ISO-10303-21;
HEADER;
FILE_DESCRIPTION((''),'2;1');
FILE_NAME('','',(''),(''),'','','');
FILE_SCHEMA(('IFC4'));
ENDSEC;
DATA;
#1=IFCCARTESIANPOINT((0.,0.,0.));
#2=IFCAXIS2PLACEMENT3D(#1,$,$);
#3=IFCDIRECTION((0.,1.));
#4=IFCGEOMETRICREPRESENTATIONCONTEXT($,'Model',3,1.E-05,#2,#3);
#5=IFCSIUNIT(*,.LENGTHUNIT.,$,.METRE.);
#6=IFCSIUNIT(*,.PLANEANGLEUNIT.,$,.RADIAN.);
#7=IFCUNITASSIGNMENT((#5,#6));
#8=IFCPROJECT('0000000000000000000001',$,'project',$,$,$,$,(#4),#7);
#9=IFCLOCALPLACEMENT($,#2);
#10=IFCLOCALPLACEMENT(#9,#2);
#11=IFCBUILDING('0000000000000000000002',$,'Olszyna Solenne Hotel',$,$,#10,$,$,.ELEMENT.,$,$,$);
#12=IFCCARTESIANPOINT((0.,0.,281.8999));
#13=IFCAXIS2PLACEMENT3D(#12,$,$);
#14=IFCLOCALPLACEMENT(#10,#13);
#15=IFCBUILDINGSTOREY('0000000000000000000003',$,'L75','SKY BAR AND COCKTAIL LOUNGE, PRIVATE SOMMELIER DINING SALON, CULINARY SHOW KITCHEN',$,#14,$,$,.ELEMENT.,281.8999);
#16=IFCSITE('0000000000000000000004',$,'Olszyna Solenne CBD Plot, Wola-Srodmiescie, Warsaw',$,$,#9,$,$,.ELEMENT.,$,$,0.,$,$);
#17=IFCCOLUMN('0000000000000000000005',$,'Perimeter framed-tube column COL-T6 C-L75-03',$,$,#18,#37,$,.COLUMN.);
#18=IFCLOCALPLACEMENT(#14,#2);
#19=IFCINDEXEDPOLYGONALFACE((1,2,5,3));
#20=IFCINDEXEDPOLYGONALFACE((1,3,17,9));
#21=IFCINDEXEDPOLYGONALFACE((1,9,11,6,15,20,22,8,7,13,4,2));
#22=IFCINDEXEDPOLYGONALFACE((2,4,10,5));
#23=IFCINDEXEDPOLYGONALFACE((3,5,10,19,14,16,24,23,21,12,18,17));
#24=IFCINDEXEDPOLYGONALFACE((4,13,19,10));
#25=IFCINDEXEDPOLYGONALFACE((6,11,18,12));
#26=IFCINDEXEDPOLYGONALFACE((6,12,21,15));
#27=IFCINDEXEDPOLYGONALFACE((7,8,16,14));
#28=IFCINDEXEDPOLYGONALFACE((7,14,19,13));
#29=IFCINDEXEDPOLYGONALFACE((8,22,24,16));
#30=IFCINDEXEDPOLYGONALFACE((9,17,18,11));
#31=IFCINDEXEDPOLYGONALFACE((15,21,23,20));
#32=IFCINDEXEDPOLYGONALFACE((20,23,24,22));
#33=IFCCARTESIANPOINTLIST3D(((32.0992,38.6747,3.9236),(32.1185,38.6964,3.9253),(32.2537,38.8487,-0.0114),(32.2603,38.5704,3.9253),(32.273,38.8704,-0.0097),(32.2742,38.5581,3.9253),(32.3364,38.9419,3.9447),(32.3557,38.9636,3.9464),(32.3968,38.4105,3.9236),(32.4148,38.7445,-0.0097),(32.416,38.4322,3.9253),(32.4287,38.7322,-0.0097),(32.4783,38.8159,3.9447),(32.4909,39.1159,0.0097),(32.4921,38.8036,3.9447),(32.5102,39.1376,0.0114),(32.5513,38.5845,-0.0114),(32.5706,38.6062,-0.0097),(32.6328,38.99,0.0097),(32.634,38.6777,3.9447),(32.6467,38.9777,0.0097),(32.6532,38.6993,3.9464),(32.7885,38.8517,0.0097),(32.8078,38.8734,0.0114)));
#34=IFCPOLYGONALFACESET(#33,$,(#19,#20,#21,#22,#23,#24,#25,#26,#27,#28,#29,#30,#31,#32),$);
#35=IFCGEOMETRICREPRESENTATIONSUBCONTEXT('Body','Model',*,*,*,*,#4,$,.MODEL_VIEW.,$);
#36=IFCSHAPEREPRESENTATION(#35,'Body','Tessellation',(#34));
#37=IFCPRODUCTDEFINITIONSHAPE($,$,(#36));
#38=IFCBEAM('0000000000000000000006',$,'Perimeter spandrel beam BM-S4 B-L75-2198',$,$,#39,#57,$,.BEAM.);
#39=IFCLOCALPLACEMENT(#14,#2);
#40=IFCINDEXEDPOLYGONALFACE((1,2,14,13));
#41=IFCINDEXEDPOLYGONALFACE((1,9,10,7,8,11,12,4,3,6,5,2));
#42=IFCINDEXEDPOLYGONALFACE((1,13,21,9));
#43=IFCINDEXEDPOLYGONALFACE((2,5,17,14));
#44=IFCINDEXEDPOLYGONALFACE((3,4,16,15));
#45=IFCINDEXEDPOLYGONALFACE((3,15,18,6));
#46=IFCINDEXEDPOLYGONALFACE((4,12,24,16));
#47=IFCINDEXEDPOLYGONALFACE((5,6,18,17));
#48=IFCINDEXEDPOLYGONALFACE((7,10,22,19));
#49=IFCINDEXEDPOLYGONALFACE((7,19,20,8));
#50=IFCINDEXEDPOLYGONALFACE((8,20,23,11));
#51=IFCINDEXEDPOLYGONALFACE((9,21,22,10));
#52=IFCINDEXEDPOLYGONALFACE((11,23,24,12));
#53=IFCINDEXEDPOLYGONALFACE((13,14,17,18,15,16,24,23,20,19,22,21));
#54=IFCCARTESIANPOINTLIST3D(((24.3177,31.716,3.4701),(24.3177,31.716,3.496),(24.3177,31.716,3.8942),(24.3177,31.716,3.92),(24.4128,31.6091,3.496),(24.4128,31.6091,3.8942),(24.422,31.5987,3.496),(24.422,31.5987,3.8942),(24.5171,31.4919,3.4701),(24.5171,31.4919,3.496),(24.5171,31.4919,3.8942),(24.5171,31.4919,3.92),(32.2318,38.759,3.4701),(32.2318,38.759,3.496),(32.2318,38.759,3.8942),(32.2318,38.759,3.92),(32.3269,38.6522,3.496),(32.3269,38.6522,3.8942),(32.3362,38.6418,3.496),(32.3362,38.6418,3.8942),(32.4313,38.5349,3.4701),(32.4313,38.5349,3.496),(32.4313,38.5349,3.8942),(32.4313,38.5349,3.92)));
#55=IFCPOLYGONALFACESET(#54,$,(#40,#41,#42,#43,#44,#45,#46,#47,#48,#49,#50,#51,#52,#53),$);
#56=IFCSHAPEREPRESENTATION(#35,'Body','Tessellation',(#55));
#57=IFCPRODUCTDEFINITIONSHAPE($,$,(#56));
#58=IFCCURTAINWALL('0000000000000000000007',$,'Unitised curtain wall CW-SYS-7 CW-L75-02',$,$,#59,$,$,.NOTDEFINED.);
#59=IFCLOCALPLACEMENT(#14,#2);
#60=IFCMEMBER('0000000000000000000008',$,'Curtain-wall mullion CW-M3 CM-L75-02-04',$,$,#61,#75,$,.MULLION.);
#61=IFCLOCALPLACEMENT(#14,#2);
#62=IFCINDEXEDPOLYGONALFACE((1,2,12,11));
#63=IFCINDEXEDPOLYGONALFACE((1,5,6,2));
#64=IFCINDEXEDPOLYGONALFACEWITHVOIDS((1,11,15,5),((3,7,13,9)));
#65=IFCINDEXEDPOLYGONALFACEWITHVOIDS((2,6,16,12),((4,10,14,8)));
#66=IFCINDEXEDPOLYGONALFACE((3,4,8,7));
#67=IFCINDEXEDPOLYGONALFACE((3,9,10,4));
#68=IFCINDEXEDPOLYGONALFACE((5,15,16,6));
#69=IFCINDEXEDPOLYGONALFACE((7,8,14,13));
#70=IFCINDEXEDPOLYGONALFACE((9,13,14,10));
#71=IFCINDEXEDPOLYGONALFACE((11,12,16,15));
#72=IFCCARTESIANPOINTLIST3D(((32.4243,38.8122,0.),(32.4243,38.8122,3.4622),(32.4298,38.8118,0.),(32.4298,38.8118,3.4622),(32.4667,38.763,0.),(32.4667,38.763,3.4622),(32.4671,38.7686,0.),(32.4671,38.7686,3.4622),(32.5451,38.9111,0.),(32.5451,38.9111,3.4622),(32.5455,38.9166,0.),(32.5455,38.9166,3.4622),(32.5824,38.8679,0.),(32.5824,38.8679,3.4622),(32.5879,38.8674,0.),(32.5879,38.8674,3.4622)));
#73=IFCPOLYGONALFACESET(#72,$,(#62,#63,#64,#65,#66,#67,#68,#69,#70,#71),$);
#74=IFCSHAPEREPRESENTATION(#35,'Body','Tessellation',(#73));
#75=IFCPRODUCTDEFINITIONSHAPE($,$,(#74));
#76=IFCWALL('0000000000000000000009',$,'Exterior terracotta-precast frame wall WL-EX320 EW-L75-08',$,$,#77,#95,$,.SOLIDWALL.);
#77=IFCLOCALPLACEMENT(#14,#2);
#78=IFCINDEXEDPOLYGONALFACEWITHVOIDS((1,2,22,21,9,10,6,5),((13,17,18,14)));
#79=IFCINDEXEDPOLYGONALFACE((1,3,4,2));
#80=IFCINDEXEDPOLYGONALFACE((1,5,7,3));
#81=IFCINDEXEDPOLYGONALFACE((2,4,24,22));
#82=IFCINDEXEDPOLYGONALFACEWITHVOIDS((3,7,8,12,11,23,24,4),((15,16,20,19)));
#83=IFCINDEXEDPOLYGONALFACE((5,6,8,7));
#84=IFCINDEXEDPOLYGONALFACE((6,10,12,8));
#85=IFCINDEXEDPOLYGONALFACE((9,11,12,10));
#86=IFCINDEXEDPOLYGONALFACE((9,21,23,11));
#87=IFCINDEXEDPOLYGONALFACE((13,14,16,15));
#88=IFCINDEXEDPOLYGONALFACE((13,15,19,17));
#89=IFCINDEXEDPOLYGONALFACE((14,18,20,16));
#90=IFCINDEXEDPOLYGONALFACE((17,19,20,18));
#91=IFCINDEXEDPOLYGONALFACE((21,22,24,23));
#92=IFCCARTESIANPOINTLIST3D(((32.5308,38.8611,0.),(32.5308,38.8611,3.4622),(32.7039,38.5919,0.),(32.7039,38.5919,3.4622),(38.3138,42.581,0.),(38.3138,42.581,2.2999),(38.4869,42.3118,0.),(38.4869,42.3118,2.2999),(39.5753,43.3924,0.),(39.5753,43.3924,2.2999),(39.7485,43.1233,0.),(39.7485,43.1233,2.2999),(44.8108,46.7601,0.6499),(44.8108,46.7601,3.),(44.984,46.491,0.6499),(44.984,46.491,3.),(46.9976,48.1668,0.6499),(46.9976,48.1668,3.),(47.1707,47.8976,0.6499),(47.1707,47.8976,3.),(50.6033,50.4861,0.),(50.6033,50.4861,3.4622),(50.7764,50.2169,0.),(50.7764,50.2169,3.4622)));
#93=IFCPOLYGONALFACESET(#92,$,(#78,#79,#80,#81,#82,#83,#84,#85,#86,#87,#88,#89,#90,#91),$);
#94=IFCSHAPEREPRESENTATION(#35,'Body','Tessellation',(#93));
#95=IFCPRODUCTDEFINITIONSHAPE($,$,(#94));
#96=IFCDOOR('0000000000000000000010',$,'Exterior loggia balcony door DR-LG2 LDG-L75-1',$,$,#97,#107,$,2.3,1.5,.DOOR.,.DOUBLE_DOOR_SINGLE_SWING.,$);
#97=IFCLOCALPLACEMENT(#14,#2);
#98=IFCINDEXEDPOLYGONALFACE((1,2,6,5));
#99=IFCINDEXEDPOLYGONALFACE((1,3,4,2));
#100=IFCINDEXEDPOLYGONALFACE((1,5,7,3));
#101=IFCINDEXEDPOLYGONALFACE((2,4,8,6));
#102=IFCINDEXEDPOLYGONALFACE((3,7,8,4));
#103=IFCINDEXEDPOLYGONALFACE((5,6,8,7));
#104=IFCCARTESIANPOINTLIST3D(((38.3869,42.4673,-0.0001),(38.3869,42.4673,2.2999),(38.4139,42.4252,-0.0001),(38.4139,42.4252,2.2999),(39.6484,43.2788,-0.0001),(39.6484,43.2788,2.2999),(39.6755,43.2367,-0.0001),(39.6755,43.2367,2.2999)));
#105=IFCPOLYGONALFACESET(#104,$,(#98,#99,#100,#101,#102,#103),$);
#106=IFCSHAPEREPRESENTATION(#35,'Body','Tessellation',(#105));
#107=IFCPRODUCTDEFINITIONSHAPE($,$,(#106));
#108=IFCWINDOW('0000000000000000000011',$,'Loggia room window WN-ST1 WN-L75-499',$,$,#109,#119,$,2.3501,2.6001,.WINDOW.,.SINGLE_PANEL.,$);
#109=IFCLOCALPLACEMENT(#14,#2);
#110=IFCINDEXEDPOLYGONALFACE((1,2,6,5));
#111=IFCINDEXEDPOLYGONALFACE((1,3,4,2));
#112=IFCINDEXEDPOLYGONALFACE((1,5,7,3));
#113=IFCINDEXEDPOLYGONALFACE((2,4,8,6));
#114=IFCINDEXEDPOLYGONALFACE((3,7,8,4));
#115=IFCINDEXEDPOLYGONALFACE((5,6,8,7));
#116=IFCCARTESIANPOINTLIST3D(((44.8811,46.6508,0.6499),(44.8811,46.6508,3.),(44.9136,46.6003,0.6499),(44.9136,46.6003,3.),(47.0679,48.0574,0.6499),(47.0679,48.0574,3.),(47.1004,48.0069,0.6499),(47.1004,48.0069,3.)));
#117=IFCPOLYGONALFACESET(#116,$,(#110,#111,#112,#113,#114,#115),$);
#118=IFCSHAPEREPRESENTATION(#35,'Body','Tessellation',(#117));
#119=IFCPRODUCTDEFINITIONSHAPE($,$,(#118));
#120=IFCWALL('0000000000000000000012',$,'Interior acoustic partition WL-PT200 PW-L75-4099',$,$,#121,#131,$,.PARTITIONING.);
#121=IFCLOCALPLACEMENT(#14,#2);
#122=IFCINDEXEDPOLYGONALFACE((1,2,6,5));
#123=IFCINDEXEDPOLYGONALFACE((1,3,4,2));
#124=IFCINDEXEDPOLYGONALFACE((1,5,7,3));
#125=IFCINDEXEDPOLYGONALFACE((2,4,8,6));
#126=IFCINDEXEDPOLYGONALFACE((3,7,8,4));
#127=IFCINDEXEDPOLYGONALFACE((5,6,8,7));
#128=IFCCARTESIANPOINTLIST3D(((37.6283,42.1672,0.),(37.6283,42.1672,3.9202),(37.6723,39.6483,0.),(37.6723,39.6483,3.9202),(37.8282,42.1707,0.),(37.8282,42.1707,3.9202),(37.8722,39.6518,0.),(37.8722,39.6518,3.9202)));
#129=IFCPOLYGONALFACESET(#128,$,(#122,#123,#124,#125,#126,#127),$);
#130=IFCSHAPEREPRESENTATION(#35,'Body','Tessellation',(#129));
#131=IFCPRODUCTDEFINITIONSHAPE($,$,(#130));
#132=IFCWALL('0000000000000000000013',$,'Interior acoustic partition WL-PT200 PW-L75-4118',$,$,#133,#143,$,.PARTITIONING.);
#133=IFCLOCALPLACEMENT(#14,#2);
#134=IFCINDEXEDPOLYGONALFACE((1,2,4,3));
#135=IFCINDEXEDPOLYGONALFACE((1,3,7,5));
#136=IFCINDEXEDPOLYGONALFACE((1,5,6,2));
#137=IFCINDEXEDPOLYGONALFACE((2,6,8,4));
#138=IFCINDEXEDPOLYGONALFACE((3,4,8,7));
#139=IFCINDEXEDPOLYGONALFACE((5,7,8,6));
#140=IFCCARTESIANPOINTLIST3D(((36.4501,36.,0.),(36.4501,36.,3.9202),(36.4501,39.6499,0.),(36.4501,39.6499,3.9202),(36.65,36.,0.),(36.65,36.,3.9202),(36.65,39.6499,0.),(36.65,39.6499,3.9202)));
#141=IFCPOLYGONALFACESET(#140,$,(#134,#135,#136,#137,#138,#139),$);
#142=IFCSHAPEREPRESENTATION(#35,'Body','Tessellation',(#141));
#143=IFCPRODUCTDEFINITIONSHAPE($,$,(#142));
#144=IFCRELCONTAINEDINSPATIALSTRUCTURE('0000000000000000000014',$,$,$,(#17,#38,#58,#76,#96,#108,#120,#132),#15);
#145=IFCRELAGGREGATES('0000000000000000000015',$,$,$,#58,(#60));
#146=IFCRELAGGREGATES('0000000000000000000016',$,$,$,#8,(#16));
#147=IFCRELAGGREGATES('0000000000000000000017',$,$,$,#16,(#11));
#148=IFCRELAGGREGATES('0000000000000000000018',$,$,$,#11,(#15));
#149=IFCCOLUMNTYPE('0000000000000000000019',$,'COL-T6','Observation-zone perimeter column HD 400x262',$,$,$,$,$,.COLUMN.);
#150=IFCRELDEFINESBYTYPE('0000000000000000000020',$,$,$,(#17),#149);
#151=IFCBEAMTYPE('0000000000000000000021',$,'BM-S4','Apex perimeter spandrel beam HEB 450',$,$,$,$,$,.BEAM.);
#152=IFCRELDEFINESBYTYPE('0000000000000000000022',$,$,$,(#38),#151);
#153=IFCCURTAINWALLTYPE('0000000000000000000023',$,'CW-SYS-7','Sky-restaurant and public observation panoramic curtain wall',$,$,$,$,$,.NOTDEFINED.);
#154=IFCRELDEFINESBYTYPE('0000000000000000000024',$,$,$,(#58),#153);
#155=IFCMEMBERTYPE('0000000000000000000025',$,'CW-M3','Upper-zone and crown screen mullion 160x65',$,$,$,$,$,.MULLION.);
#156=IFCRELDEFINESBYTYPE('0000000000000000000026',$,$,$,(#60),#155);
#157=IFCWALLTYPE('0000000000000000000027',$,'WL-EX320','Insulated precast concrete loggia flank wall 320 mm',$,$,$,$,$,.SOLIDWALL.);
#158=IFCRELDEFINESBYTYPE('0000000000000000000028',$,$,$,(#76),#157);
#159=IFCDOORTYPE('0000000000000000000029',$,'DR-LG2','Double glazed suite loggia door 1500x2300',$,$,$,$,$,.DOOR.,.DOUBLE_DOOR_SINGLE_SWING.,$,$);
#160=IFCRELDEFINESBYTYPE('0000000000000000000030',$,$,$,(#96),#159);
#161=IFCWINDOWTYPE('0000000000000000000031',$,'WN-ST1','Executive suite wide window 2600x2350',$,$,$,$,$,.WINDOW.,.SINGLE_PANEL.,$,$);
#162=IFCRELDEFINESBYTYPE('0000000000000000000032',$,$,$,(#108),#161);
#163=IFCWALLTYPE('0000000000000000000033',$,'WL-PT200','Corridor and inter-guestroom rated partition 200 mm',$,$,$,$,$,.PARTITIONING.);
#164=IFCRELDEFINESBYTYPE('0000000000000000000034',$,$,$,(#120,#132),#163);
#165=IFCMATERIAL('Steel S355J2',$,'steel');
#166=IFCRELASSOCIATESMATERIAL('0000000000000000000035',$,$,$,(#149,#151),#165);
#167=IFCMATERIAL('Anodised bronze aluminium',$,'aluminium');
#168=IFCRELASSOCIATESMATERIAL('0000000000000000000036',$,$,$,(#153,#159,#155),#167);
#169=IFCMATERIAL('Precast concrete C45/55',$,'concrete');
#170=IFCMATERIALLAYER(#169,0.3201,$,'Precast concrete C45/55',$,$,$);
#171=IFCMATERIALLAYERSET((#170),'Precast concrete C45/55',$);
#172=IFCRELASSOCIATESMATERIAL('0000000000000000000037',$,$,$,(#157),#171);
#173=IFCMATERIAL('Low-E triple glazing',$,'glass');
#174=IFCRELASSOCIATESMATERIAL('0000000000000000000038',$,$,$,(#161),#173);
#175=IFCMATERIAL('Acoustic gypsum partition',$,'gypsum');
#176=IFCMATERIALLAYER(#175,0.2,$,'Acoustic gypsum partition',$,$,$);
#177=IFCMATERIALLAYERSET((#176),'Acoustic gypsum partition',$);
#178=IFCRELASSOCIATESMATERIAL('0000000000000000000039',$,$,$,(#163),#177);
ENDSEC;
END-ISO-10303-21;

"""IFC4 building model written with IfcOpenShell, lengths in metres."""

from ifc_helpers import new_model, si_unit, direction, frame, frame_2d, origin, origin_2d, place, context, subcontext, project, spatial, rectangle, hollow_rectangle, i_section, extrude, source, transform, mapped, material, layer, layer_set, material_profile, profile_set, type_object, type_shapes, element, fill, aggregate, save


model = new_model("IFC4")

# Units and contexts
model_context = context("Model", 3, precision=1e-05, world=origin(), true_north=direction((0.0, 1.0)))
body_context = subcontext(model_context, "Body", "Model", "MODEL_VIEW")
ifc_project = project(units=[si_unit("LENGTHUNIT", "METRE"), si_unit("PLANEANGLEUNIT", "RADIAN")], contexts=[model_context])

# Site, building, storey
site_placement = place(None, origin())
site = spatial("IfcSite", under=ifc_project, at=site_placement, Name="Olszyna Solenne CBD Plot, Wola-Srodmiescie, Warsaw", CompositionType="ELEMENT", RefElevation=0.0)
building_placement = place(site_placement, origin())
building = spatial("IfcBuilding", under=site, at=building_placement, Name="Olszyna Solenne Hotel", CompositionType="ELEMENT")
storey_placement = place(building_placement, frame((0.0, 0.0, 281.8999)))
storey = spatial("IfcBuildingStorey", under=building, at=storey_placement, Name="L75", Description="SKY BAR AND COCKTAIL LOUNGE, PRIVATE SOMMELIER DINING SALON, CULINARY SHOW KITCHEN", CompositionType="ELEMENT", Elevation=281.8999)

# Column
ifc_material_1 = material(Name="Steel S355J2", Category="steel")
ifc_material_profile_1 = material_profile(ifc_material_1, i_section(OverallWidth=0.3979, OverallDepth=0.387, WebThickness=0.0186, FlangeThickness=0.0291, at=origin_2d()), Name="HD 400x262", Category="load-bearing")
ifc_profile_set_1 = profile_set([ifc_material_profile_1], Name="Steel S355J2")
column_type = type_object("IfcColumnType", Name="COL-T6", Description="Observation-zone perimeter column HD 400x262", PredefinedType="COLUMN", material=ifc_profile_set_1)
shared_shape_1 = source(origin(), body_context, "Body", "SweptSolid", [
    extrude(i_section(OverallWidth=0.3979, OverallDepth=0.387, WebThickness=0.0186, FlangeThickness=0.0291, at=origin_2d()), origin(), (0.0, 0.0, 1.0), 3.9419),
])
column_placement = place(storey_placement, frame((32.5308, 38.8611, 0.0), z_axis=(-0.039204, -0.044159, 0.998255), x_axis=(0.747814, -0.663908, 0.0)))
element("IfcColumn", 1, at=column_placement, inside=storey, type_object=column_type, Name="Perimeter framed-tube column COL-T6 C-L75-03", PredefinedType="COLUMN", context=body_context, shape_type="MappedRepresentation", body=[
    mapped(shared_shape_1, transform((0.0, 0.0, 0.0), x_axis=(1.0, 0.0, 0.0), y_axis=(0.0, 1.0, 0.0), z_axis=(0.0, 0.0, 1.0), scale=1.0)),
])

# Beam
ifc_material_profile_2 = material_profile(ifc_material_1, i_section(OverallWidth=0.3, OverallDepth=0.45, WebThickness=0.0139, FlangeThickness=0.0259, at=origin_2d()), Name="HEB 450", Category="load-bearing")
ifc_profile_set_2 = profile_set([ifc_material_profile_2], Name="Steel S355J2")
beam_type = type_object("IfcBeamType", Name="BM-S4", Description="Apex perimeter spandrel beam HEB 450", PredefinedType="BEAM", material=ifc_profile_set_2)
shared_shape_2 = source(origin(), body_context, "Body", "SweptSolid", [
    extrude(i_section(OverallWidth=0.3, OverallDepth=0.45, WebThickness=0.0139, FlangeThickness=0.0259, at=origin_2d()), origin(), (0.0, 0.0, 1.0), 10.5942),
])
beam_placement = place(storey_placement, frame((32.3315, 38.647, 3.6951), z_axis=(-0.747023, -0.664799, 0.0), x_axis=(0.664799, -0.747023, 0.0)))
element("IfcBeam", 2, at=beam_placement, inside=storey, type_object=beam_type, Name="Perimeter spandrel beam BM-S4 B-L75-2198", PredefinedType="BEAM", context=body_context, shape_type="MappedRepresentation", body=[
    mapped(shared_shape_2, transform((0.0, 0.0, 0.0), x_axis=(1.0, 0.0, 0.0), y_axis=(0.0, 1.0, 0.0), z_axis=(0.0, 0.0, 1.0), scale=1.0)),
])

# Curtain wall, member
ifc_material_2 = material(Name="Anodised bronze aluminium", Category="aluminium")
curtain_wall_type = type_object("IfcCurtainWallType", Name="CW-SYS-7", Description="Sky-restaurant and public observation panoramic curtain wall", PredefinedType="NOTDEFINED", material=ifc_material_2)
curtain_wall_placement = place(storey_placement, origin())
curtain_wall = element("IfcCurtainWall", 3, at=curtain_wall_placement, inside=storey, type_object=curtain_wall_type, Name="Unitised curtain wall CW-SYS-7 CW-L75-02", PredefinedType="NOTDEFINED")
ifc_material_profile_3 = material_profile(ifc_material_2, hollow_rectangle(XDim=0.0649, YDim=0.1599, WallThickness=0.0039, at=origin_2d()), Name="MULL 160x65x4", Category="load-bearing")
ifc_profile_set_3 = profile_set([ifc_material_profile_3], Name="Anodised bronze aluminium")
member_type = type_object("IfcMemberType", Name="CW-M3", Description="Upper-zone and crown screen mullion 160x65", PredefinedType="MULLION", material=ifc_profile_set_3)
shared_shape_3 = source(origin(), body_context, "Body", "SweptSolid", [
    extrude(hollow_rectangle(XDim=0.0649, YDim=0.1599, WallThickness=0.0039, at=origin_2d()), origin(), (0.0, 0.0, 1.0), 3.4622),
])
member_placement = place(storey_placement, frame((32.5061, 38.8398, 0.0), z_axis=(0.0, 0.0, 1.0), x_axis=(-0.65284, 0.757496, 0.0)))
member = element("IfcMember", 4, at=member_placement, type_object=member_type, Name="Curtain-wall mullion CW-M3 CM-L75-02-04", PredefinedType="MULLION", context=body_context, shape_type="MappedRepresentation", body=[
    mapped(shared_shape_3, transform((0.0, 0.0, 0.0), x_axis=(1.0, 0.0, 0.0), y_axis=(0.0, 1.0, 0.0), z_axis=(0.0, 0.0, 1.0), scale=1.0)),
])
aggregate(curtain_wall, [member])

# Wall, openings, door, window
ifc_material_3 = material(Name="Precast concrete C45/55", Category="concrete")
ifc_layer_1 = layer(ifc_material_3, 0.3201, Name="Precast concrete C45/55")
ifc_layer_set_1 = layer_set([ifc_layer_1], Name="Precast concrete C45/55")
wall_type_1 = type_object("IfcWallType", Name="WL-EX320", Description="Insulated precast concrete loggia flank wall 320 mm", PredefinedType="SOLIDWALL", material=ifc_layer_set_1)
wall_1_placement = place(storey_placement, frame((32.6174, 38.7266, 0.0), z_axis=(0.0, 0.0, 1.0), x_axis=(0.841031, 0.540987, 0.0)))
wall_1 = element("IfcWall", 5, at=wall_1_placement, inside=storey, type_object=wall_type_1, Name="Exterior terracotta-precast frame wall WL-EX320 EW-L75-08", PredefinedType="SOLIDWALL", context=body_context, shape_type="SweptSolid", body=[
    extrude(rectangle(XDim=21.4885, YDim=0.3201, at=frame_2d((10.7441, 0.0))), origin(), (0.0, 0.0, 1.0), 3.4622),
])
opening_1_placement = place(wall_1_placement, frame((6.876, 0.0, 0.0)))
opening_1 = element("IfcOpeningElement", 6, at=opening_1_placement, cuts=wall_1, PredefinedType="OPENING", context=body_context, shape_type="SweptSolid", body=[
    extrude(rectangle(XDim=1.5, YDim=2.3, at=frame_2d((0.75, 1.1499))), frame((0.0, 0.1699, 0.0), z_axis=(0.0, -1.0, 0.0), x_axis=(1.0, 0.0, 0.0)), (0.0, 0.0, 1.0), 0.3401),
])
opening_2_placement = place(wall_1_placement, frame((14.6011, 0.0, 0.6499)))
opening_2 = element("IfcOpeningElement", 7, at=opening_2_placement, cuts=wall_1, PredefinedType="OPENING", context=body_context, shape_type="SweptSolid", body=[
    extrude(rectangle(XDim=2.6001, YDim=2.3501, at=frame_2d((1.3, 1.175))), frame((0.0, 0.1699, 0.0), z_axis=(0.0, -1.0, 0.0), x_axis=(1.0, 0.0, 0.0)), (0.0, 0.0, 1.0), 0.3401),
])
door_type_1 = type_object("IfcDoorType", Name="DR-LG2", Description="Double glazed suite loggia door 1500x2300", OperationType="DOUBLE_DOOR_SINGLE_SWING", PredefinedType="DOOR", material=ifc_material_2)
shared_shape_4 = source(origin(), body_context, "Body", "SweptSolid", [
    extrude(rectangle(XDim=1.5, YDim=2.3, at=frame_2d((0.75, 1.1499))), frame((0.0, 0.0249, 0.0), z_axis=(0.0, -1.0, 0.0), x_axis=(1.0, 0.0, 0.0)), (0.0, 0.0, 1.0), 0.05),
])
type_shapes(door_type_1, [shared_shape_4])
door_1_placement = place(opening_1_placement, origin())
door_1 = element("IfcDoor", 8, at=door_1_placement, inside=storey, type_object=door_type_1, Name="Exterior loggia balcony door DR-LG2 LDG-L75-1", OperationType="DOUBLE_DOOR_SINGLE_SWING", OverallHeight=2.3, OverallWidth=1.5, PredefinedType="DOOR", context=body_context, shape_type="MappedRepresentation", body=[
    mapped(shared_shape_4, transform((0.0, 0.0, 0.0), x_axis=(1.0, 0.0, 0.0), y_axis=(0.0, 1.0, 0.0), z_axis=(0.0, 0.0, 1.0), scale=1.0)),
])
fill(opening_1, door_1)
ifc_material_4 = material(Name="Low-E triple glazing", Category="glass")
window_type = type_object("IfcWindowType", Name="WN-ST1", Description="Executive suite wide window 2600x2350", PartitioningType="SINGLE_PANEL", PredefinedType="WINDOW", material=ifc_material_4)
shared_shape_5 = source(origin(), body_context, "Body", "SweptSolid", [
    extrude(rectangle(XDim=2.6001, YDim=2.3501, at=frame_2d((1.3, 1.175))), frame((0.0, 0.03, 0.0), z_axis=(0.0, -1.0, 0.0), x_axis=(1.0, 0.0, 0.0)), (0.0, 0.0, 1.0), 0.0601),
])
type_shapes(window_type, [shared_shape_5])
window_placement = place(opening_2_placement, origin())
window = element("IfcWindow", 9, at=window_placement, inside=storey, type_object=window_type, Name="Loggia room window WN-ST1 WN-L75-499", OverallHeight=2.3501, OverallWidth=2.6001, PartitioningType="SINGLE_PANEL", PredefinedType="WINDOW", context=body_context, shape_type="MappedRepresentation", body=[
    mapped(shared_shape_5, transform((0.0, 0.0, 0.0), x_axis=(1.0, 0.0, 0.0), y_axis=(0.0, 1.0, 0.0), z_axis=(0.0, 0.0, 1.0), scale=1.0)),
])
fill(opening_2, window)

# Walls
ifc_material_5 = material(Name="Acoustic gypsum partition", Category="gypsum")
ifc_layer_2 = layer(ifc_material_5, 0.2, Name="Acoustic gypsum partition")
ifc_layer_set_2 = layer_set([ifc_layer_2], Name="Acoustic gypsum partition")
wall_type_2 = type_object("IfcWallType", Name="WL-PT200", Description="Corridor and inter-guestroom rated partition 200 mm", PredefinedType="PARTITIONING", material=ifc_layer_set_2)
wall_2_placement = place(storey_placement, frame((37.7722, 39.6499, 0.0), z_axis=(0.0, 0.0, 1.0), x_axis=(-0.017444, 0.999848, 0.0)))
element("IfcWall", 10, at=wall_2_placement, inside=storey, type_object=wall_type_2, Name="Interior acoustic partition WL-PT200 PW-L75-4099", PredefinedType="PARTITIONING", context=body_context, shape_type="SweptSolid", body=[
    extrude(rectangle(XDim=2.5193, YDim=0.2, at=frame_2d((1.2598, 0.0))), origin(), (0.0, 0.0, 1.0), 3.9202),
])
wall_3_placement = place(storey_placement, frame((36.55, 36.0, 0.0), z_axis=(0.0, 0.0, 1.0), x_axis=(0.0, 1.0, 0.0)))
element("IfcWall", 11, at=wall_3_placement, inside=storey, type_object=wall_type_2, Name="Interior acoustic partition WL-PT200 PW-L75-4118", PredefinedType="PARTITIONING", context=body_context, shape_type="SweptSolid", body=[
    extrude(rectangle(XDim=3.6499, YDim=0.2, at=frame_2d((1.825, 0.0))), origin(), (0.0, 0.0, 1.0), 3.9202),
])

save(model, "model.ifc")
